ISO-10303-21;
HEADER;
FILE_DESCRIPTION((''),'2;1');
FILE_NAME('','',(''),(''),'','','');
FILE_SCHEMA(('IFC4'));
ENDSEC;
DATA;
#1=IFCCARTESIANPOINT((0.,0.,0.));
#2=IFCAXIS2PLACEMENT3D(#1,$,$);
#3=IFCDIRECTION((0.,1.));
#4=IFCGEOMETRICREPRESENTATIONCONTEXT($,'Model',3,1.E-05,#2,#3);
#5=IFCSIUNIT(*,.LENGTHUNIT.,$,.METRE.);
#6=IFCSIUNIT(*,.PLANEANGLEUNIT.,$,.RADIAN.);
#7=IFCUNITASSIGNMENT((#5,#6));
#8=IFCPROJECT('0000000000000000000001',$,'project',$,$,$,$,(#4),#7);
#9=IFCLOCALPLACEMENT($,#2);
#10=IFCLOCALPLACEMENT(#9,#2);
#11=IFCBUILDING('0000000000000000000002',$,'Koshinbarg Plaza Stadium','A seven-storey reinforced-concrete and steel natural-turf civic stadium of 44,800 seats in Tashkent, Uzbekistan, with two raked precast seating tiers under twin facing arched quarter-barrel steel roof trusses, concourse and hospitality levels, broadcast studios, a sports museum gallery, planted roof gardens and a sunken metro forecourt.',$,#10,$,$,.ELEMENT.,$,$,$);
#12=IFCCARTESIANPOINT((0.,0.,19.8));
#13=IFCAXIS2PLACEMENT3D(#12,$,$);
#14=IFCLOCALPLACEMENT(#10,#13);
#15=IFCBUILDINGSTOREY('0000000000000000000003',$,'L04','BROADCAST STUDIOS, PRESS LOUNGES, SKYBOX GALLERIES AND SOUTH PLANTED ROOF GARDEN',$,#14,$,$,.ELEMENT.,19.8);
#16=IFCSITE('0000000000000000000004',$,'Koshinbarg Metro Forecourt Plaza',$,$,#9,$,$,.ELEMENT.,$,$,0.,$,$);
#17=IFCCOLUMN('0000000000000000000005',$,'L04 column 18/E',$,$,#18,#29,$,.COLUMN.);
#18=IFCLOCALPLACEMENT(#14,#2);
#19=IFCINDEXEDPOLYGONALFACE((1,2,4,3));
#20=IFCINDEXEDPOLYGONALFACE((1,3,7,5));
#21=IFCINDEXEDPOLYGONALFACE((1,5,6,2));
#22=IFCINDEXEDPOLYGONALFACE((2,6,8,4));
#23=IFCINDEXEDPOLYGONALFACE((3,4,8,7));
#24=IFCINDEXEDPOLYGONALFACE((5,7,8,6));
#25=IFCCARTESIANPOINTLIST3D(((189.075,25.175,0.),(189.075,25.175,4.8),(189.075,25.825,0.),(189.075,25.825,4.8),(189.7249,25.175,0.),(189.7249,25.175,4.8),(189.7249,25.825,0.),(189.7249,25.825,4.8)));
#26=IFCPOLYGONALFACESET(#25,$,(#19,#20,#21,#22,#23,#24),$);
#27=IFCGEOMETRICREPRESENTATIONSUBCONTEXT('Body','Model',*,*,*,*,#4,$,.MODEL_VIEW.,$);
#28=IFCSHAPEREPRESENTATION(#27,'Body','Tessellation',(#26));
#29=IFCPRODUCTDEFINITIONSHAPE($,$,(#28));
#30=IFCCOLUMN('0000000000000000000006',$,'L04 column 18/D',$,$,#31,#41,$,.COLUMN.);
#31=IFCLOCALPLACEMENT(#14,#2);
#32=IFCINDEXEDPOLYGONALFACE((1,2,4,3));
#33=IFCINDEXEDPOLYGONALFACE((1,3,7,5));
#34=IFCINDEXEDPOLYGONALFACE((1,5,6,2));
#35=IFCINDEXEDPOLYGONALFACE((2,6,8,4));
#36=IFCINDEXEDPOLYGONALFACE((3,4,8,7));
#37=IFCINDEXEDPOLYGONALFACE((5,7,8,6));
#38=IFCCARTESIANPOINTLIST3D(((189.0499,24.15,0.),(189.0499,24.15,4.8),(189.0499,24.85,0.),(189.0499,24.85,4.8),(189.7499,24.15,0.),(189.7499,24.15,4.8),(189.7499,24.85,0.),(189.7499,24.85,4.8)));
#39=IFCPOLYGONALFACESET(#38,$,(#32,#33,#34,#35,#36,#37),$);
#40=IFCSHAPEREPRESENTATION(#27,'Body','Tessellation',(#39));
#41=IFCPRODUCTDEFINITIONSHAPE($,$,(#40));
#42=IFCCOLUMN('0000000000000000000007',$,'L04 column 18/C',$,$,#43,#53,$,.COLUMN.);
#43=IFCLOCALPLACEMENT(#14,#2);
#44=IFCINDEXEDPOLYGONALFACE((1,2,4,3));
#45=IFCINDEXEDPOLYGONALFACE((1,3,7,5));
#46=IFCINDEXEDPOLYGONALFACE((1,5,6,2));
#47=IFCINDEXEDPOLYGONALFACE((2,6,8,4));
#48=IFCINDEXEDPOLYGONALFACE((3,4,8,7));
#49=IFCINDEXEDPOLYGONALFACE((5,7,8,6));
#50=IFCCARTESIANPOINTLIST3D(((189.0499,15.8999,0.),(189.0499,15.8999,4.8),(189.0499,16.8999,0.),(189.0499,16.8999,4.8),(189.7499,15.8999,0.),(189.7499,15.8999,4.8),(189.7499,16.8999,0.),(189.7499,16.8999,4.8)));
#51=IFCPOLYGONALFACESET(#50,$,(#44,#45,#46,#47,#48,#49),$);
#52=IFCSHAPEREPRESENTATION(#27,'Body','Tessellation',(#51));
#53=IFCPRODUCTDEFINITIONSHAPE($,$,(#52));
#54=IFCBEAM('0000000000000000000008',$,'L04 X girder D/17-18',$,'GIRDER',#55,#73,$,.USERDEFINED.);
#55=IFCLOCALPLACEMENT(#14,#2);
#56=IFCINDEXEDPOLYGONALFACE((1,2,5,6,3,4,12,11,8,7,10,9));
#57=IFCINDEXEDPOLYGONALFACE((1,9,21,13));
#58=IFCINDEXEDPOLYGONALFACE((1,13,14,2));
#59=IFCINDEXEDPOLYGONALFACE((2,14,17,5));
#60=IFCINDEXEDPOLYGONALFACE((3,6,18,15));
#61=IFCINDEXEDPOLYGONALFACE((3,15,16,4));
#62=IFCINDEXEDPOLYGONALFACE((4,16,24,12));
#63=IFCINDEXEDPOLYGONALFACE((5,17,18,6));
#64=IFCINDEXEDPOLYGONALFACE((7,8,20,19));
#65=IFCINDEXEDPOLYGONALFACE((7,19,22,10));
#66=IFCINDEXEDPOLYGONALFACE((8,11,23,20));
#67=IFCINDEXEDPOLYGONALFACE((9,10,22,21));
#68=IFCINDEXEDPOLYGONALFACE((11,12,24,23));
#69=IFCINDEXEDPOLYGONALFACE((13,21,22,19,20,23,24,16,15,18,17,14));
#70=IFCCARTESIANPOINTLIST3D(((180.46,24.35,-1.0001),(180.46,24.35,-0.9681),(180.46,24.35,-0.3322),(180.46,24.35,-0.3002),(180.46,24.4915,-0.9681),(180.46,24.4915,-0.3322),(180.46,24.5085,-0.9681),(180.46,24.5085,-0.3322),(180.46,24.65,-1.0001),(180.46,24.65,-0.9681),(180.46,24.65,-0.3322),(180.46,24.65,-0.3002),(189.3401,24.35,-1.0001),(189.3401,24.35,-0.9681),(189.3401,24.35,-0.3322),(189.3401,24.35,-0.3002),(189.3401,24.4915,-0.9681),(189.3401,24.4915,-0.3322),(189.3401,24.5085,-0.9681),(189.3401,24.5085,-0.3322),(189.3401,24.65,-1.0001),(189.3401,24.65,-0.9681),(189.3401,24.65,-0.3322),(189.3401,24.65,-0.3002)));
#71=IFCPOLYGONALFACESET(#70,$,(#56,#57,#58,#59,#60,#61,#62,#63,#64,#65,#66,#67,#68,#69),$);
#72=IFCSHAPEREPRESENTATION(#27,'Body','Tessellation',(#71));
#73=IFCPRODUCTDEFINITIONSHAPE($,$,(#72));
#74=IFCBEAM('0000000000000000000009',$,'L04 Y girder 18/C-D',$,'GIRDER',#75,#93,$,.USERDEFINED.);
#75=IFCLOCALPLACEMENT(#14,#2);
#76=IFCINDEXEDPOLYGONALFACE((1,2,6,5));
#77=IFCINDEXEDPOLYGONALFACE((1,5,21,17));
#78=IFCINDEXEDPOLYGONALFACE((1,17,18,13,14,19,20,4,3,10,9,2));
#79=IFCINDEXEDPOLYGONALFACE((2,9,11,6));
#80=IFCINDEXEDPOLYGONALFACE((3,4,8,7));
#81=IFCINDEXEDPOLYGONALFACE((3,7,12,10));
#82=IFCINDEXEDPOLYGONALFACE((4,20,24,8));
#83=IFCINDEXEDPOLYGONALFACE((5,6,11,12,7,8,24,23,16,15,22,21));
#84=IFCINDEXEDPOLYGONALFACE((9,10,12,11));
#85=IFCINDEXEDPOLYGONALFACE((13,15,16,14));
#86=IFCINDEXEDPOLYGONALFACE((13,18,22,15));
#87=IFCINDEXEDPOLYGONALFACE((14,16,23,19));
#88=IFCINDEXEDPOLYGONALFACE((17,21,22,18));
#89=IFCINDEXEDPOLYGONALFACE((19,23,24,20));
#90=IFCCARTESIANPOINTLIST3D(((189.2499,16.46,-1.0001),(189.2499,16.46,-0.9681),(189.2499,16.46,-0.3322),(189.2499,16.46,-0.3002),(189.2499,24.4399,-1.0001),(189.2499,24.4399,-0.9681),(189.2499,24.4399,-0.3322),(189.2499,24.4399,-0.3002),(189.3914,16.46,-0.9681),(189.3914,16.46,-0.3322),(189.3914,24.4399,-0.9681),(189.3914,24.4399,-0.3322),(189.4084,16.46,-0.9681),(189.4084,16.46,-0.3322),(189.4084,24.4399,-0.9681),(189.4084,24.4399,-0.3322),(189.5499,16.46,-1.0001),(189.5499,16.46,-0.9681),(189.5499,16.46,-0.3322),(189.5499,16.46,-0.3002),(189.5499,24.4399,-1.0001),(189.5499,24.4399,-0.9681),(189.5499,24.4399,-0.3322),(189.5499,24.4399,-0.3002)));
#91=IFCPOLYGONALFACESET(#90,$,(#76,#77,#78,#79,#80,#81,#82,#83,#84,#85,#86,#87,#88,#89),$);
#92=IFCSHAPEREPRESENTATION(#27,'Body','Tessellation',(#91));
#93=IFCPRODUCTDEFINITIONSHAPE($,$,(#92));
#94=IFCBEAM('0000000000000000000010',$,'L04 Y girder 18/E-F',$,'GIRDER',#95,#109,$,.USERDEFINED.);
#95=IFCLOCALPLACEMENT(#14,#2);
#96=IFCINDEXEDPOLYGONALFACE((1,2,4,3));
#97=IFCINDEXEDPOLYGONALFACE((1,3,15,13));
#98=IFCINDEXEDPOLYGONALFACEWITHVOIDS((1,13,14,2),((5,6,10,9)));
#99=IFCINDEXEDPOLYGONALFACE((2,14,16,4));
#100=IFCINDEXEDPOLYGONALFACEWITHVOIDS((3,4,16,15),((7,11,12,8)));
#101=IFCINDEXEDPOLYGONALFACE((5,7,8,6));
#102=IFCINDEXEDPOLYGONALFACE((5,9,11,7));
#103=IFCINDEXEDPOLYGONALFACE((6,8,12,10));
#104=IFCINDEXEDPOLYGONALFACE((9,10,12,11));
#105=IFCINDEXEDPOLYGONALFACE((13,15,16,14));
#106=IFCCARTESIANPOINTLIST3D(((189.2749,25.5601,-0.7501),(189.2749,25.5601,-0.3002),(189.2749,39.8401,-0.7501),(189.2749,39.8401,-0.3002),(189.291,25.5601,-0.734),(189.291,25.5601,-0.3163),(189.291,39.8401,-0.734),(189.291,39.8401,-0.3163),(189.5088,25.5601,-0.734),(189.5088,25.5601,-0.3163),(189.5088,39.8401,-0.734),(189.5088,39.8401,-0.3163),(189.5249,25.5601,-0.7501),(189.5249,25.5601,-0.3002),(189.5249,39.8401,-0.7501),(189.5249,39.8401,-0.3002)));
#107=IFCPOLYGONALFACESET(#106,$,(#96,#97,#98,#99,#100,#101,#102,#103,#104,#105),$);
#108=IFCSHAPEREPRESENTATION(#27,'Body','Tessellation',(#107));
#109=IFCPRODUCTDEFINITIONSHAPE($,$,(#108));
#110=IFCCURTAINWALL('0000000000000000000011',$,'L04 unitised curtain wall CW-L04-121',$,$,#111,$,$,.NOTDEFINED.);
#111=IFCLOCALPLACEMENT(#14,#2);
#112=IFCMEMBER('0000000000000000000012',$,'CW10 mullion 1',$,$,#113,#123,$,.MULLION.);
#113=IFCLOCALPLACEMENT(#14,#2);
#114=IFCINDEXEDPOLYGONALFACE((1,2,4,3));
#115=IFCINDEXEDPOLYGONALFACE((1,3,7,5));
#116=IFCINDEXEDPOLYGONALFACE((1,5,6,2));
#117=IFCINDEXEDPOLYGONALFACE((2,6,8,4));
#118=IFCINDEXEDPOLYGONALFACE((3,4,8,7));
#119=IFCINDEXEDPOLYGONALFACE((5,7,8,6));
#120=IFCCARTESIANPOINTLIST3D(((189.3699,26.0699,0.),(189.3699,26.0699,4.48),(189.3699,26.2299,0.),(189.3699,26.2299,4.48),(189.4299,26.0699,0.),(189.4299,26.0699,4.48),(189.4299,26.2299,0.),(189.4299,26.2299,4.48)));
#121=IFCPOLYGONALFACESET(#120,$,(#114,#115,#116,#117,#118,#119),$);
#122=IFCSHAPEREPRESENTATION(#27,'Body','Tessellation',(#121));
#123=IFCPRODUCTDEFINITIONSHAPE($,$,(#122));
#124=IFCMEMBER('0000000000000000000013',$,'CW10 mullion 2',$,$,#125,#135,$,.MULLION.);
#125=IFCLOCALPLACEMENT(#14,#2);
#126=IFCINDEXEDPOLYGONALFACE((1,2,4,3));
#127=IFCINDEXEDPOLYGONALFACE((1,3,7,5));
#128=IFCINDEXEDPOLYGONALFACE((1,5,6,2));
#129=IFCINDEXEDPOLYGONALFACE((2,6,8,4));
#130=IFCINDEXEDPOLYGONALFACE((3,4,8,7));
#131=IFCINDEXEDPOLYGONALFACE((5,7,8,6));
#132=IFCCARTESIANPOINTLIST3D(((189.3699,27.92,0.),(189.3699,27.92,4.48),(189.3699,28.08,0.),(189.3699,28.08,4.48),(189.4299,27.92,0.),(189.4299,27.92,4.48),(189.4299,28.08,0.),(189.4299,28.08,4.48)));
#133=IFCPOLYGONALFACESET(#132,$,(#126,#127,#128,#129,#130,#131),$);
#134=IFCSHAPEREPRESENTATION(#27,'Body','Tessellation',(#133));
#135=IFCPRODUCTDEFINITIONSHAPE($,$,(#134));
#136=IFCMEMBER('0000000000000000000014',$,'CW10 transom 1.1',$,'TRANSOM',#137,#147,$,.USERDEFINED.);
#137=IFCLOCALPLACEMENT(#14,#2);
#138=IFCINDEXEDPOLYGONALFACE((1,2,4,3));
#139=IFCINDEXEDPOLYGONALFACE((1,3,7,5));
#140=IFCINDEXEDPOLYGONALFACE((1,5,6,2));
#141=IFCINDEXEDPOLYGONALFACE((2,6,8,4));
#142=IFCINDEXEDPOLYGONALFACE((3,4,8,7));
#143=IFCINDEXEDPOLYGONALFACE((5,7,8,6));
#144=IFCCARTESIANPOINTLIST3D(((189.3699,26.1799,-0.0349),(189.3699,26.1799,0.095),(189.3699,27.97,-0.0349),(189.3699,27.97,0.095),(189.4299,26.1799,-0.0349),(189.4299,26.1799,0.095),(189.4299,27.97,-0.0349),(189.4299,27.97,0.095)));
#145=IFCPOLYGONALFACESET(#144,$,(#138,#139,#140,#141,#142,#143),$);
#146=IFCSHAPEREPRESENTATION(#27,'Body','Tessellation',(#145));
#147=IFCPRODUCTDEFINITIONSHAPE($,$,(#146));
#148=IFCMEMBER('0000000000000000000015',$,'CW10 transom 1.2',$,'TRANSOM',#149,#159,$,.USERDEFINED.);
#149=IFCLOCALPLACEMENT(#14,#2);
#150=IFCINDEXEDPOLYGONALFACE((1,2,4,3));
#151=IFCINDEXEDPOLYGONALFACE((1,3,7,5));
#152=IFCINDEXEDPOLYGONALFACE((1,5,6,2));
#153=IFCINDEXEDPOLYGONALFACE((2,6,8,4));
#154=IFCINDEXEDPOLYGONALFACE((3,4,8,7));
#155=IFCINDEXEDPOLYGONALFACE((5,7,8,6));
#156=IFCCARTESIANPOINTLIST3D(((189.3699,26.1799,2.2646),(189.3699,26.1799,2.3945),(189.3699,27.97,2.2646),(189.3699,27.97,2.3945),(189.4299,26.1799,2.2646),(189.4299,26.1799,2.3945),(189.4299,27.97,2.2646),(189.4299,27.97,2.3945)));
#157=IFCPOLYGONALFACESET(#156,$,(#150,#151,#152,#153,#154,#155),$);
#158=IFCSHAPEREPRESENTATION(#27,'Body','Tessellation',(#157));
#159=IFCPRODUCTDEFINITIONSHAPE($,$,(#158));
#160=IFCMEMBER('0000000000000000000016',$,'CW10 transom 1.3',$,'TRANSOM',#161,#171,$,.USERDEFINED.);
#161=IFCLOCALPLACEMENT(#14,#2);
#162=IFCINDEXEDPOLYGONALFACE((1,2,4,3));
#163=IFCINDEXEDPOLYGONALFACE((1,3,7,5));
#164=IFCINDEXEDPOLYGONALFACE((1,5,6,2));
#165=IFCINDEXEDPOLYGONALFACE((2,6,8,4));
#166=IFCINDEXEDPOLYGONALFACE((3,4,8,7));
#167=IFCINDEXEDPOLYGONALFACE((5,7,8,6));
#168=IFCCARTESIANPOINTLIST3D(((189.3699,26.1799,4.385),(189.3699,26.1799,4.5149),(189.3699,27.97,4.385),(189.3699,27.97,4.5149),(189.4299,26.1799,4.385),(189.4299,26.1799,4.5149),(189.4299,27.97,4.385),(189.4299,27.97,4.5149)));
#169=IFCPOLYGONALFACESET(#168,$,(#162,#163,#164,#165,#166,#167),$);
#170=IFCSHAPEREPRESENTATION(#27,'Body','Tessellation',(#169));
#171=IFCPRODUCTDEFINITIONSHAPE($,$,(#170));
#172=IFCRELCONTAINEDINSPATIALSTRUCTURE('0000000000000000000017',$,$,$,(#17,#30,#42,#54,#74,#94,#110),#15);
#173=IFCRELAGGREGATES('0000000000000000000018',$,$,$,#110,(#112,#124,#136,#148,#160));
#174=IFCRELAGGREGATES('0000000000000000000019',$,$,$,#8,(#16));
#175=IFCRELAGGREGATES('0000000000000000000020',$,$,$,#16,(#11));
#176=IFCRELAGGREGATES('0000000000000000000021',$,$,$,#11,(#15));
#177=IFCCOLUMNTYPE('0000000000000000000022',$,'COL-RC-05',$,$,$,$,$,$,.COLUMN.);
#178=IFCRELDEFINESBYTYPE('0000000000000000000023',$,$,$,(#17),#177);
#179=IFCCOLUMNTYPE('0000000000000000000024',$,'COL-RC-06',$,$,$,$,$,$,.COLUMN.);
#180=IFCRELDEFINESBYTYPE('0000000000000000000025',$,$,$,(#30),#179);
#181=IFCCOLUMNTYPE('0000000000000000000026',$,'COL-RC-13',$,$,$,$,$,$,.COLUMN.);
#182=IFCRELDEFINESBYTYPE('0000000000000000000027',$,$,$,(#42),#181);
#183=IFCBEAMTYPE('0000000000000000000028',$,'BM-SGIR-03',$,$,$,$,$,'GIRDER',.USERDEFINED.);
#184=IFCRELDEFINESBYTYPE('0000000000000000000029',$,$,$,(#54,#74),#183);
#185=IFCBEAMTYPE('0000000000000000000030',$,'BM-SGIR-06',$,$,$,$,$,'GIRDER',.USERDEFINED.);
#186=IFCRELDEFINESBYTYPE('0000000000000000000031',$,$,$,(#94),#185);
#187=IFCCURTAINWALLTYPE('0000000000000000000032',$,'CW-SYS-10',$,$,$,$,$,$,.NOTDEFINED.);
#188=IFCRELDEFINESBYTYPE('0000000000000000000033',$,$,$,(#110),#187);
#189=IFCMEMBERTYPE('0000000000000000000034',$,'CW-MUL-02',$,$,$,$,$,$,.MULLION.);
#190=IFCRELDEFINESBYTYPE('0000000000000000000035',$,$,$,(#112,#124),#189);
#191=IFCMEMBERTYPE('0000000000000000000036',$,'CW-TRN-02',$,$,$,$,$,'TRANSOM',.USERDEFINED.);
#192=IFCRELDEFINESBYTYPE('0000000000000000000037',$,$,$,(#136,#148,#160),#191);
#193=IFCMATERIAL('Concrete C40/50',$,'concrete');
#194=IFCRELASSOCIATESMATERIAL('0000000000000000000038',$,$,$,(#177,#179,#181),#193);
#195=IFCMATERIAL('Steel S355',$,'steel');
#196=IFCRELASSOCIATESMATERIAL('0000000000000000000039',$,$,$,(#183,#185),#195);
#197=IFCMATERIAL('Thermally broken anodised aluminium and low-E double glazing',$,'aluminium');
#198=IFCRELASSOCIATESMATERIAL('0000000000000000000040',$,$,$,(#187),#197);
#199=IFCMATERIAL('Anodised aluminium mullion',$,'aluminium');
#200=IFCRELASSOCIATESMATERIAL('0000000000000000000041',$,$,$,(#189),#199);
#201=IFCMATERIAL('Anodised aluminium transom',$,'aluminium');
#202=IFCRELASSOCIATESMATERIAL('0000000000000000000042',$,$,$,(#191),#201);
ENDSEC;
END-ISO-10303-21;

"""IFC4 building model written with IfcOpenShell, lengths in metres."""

from ifc_helpers import new_model, si_unit, direction, frame, origin, origin_2d, place, context, subcontext, project, spatial, rectangle, hollow_rectangle, i_section, extrude, material, material_profile, profile_set, type_object, element, aggregate, save


model = new_model("IFC4")

# Units and contexts
model_context = context("Model", 3, precision=1e-05, world=origin(), true_north=direction((0.0, 1.0)))
body_context = subcontext(model_context, "Body", "Model", "MODEL_VIEW")
ifc_project = project(units=[si_unit("LENGTHUNIT", "METRE"), si_unit("PLANEANGLEUNIT", "RADIAN")], contexts=[model_context])

# Site, building, storey
site_placement = place(None, origin())
site = spatial("IfcSite", under=ifc_project, at=site_placement, Name="Koshinbarg Metro Forecourt Plaza", CompositionType="ELEMENT", RefElevation=0.0)
building_placement = place(site_placement, origin())
building = spatial("IfcBuilding", under=site, at=building_placement, Name="Koshinbarg Plaza Stadium", Description="A seven-storey reinforced-concrete and steel natural-turf civic stadium of 44,800 seats in Tashkent, Uzbekistan, with two raked precast seating tiers under twin facing arched quarter-barrel steel roof trusses, concourse and hospitality levels, broadcast studios, a sports museum gallery, planted roof gardens and a sunken metro forecourt.", CompositionType="ELEMENT")
storey_placement = place(building_placement, frame((0.0, 0.0, 19.8)))
storey = spatial("IfcBuildingStorey", under=building, at=storey_placement, Name="L04", Description="BROADCAST STUDIOS, PRESS LOUNGES, SKYBOX GALLERIES AND SOUTH PLANTED ROOF GARDEN", CompositionType="ELEMENT", Elevation=19.8)

# Columns
ifc_material_1 = material(Name="Concrete C40/50", Category="concrete")
ifc_material_profile_1 = material_profile(ifc_material_1, rectangle(XDim=0.6499, YDim=0.6499, at=origin_2d()), Name="RC 650x650")
ifc_profile_set_1 = profile_set([ifc_material_profile_1], Name="Concrete C40/50")
column_type_1 = type_object("IfcColumnType", Name="COL-RC-05", PredefinedType="COLUMN", material=ifc_profile_set_1)
column_1_placement = place(storey_placement, frame((189.3999, 25.5, 0.0), z_axis=(0.0, 0.0, 1.0), x_axis=(1.0, 0.0, 0.0)))
element("IfcColumn", 1, at=column_1_placement, inside=storey, type_object=column_type_1, Name="L04 column 18/E", PredefinedType="COLUMN", context=body_context, shape_type="SweptSolid", body=[
    extrude(rectangle(XDim=0.6499, YDim=0.6499, at=origin_2d()), origin(), (0.0, 0.0, 1.0), 4.8),
])
ifc_material_profile_2 = material_profile(ifc_material_1, rectangle(XDim=0.7, YDim=0.7, at=origin_2d()), Name="RC 700x700")
ifc_profile_set_2 = profile_set([ifc_material_profile_2], Name="Concrete C40/50")
column_type_2 = type_object("IfcColumnType", Name="COL-RC-06", PredefinedType="COLUMN", material=ifc_profile_set_2)
column_2_placement = place(storey_placement, frame((189.3999, 24.5, 0.0), z_axis=(0.0, 0.0, 1.0), x_axis=(1.0, 0.0, 0.0)))
element("IfcColumn", 2, at=column_2_placement, inside=storey, type_object=column_type_2, Name="L04 column 18/D", PredefinedType="COLUMN", context=body_context, shape_type="SweptSolid", body=[
    extrude(rectangle(XDim=0.7, YDim=0.7, at=origin_2d()), origin(), (0.0, 0.0, 1.0), 4.8),
])
ifc_material_profile_3 = material_profile(ifc_material_1, rectangle(XDim=0.7, YDim=1.0, at=origin_2d()), Name="RC 700x1000")
ifc_profile_set_3 = profile_set([ifc_material_profile_3], Name="Concrete C40/50")
column_type_3 = type_object("IfcColumnType", Name="COL-RC-13", PredefinedType="COLUMN", material=ifc_profile_set_3)
column_3_placement = place(storey_placement, frame((189.3999, 16.3999, 0.0), z_axis=(0.0, 0.0, 1.0), x_axis=(1.0, 0.0, 0.0)))
element("IfcColumn", 3, at=column_3_placement, inside=storey, type_object=column_type_3, Name="L04 column 18/C", PredefinedType="COLUMN", context=body_context, shape_type="SweptSolid", body=[
    extrude(rectangle(XDim=0.7, YDim=1.0, at=origin_2d()), origin(), (0.0, 0.0, 1.0), 4.8),
])

# Beams
ifc_material_2 = material(Name="Steel S355", Category="steel")
ifc_material_profile_4 = material_profile(ifc_material_2, i_section(OverallWidth=0.3, OverallDepth=0.7, WebThickness=0.0171, FlangeThickness=0.032, at=origin_2d()), Name="HEB 700")
ifc_profile_set_4 = profile_set([ifc_material_profile_4], Name="Steel S355")
beam_type_1 = type_object("IfcBeamType", Name="BM-SGIR-03", ElementType="GIRDER", PredefinedType="USERDEFINED", material=ifc_profile_set_4)
beam_1_placement = place(storey_placement, frame((180.46, 24.5, -0.6501), z_axis=(1.0, 0.0, 0.0), x_axis=(0.0, 1.0, 0.0)))
element("IfcBeam", 4, at=beam_1_placement, inside=storey, type_object=beam_type_1, Name="L04 X girder D/17-18", ObjectType="GIRDER", PredefinedType="USERDEFINED", context=body_context, shape_type="SweptSolid", body=[
    extrude(i_section(OverallWidth=0.3, OverallDepth=0.7, WebThickness=0.0171, FlangeThickness=0.032, at=origin_2d()), origin(), (0.0, 0.0, 1.0), 8.8801),
])
beam_2_placement = place(storey_placement, frame((189.3999, 16.46, -0.6501), z_axis=(0.0, 1.0, 0.0), x_axis=(-1.0, 0.0, 0.0)))
element("IfcBeam", 5, at=beam_2_placement, inside=storey, type_object=beam_type_1, Name="L04 Y girder 18/C-D", ObjectType="GIRDER", PredefinedType="USERDEFINED", context=body_context, shape_type="SweptSolid", body=[
    extrude(i_section(OverallWidth=0.3, OverallDepth=0.7, WebThickness=0.0171, FlangeThickness=0.032, at=origin_2d()), origin(), (0.0, 0.0, 1.0), 7.98),
])
ifc_material_profile_5 = material_profile(ifc_material_2, hollow_rectangle(XDim=0.25, YDim=0.45, WallThickness=0.0161, at=origin_2d()), Name="RHS 450x250x16")
ifc_profile_set_5 = profile_set([ifc_material_profile_5], Name="Steel S355")
beam_type_2 = type_object("IfcBeamType", Name="BM-SGIR-06", ElementType="GIRDER", PredefinedType="USERDEFINED", material=ifc_profile_set_5)
beam_3_placement = place(storey_placement, frame((189.3999, 25.5601, -0.5251), z_axis=(0.0, 1.0, 0.0), x_axis=(-1.0, 0.0, 0.0)))
element("IfcBeam", 6, at=beam_3_placement, inside=storey, type_object=beam_type_2, Name="L04 Y girder 18/E-F", ObjectType="GIRDER", PredefinedType="USERDEFINED", context=body_context, shape_type="SweptSolid", body=[
    extrude(hollow_rectangle(XDim=0.25, YDim=0.45, WallThickness=0.0161, at=origin_2d()), origin(), (0.0, 0.0, 1.0), 14.28),
])

# Curtain wall, members
ifc_material_3 = material(Name="Thermally broken anodised aluminium and low-E double glazing", Category="aluminium")
curtain_wall_type = type_object("IfcCurtainWallType", Name="CW-SYS-10", PredefinedType="NOTDEFINED", material=ifc_material_3)
curtain_wall_placement = place(storey_placement, origin())
curtain_wall = element("IfcCurtainWall", 7, at=curtain_wall_placement, inside=storey, type_object=curtain_wall_type, Name="L04 unitised curtain wall CW-L04-121", PredefinedType="NOTDEFINED")
ifc_material_4 = material(Name="Anodised aluminium mullion", Category="aluminium")
ifc_material_profile_6 = material_profile(ifc_material_4, rectangle(XDim=0.0601, YDim=0.1599, at=origin_2d()), Name="ALU 60x160")
ifc_profile_set_6 = profile_set([ifc_material_profile_6], Name="Anodised aluminium mullion")
member_type_1 = type_object("IfcMemberType", Name="CW-MUL-02", PredefinedType="MULLION", material=ifc_profile_set_6)
member_1_placement = place(storey_placement, frame((189.3999, 26.1499, 0.0), z_axis=(0.0, 0.0, 1.0), x_axis=(-1.0, 0.0, 0.0)))
member_1 = element("IfcMember", 8, at=member_1_placement, type_object=member_type_1, Name="CW10 mullion 1", PredefinedType="MULLION", context=body_context, shape_type="SweptSolid", body=[
    extrude(rectangle(XDim=0.0601, YDim=0.1599, at=origin_2d()), origin(), (0.0, 0.0, 1.0), 4.48),
])
member_2_placement = place(storey_placement, frame((189.3999, 28.0, 0.0), z_axis=(0.0, 0.0, 1.0), x_axis=(-1.0, 0.0, 0.0)))
member_2 = element("IfcMember", 9, at=member_2_placement, type_object=member_type_1, Name="CW10 mullion 2", PredefinedType="MULLION", context=body_context, shape_type="SweptSolid", body=[
    extrude(rectangle(XDim=0.0601, YDim=0.1599, at=origin_2d()), origin(), (0.0, 0.0, 1.0), 4.48),
])
ifc_material_5 = material(Name="Anodised aluminium transom", Category="aluminium")
ifc_material_profile_7 = material_profile(ifc_material_5, rectangle(XDim=0.0601, YDim=0.1299, at=origin_2d()), Name="ALU 60x130")
ifc_profile_set_7 = profile_set([ifc_material_profile_7], Name="Anodised aluminium transom")
member_type_2 = type_object("IfcMemberType", Name="CW-TRN-02", ElementType="TRANSOM", PredefinedType="USERDEFINED", material=ifc_profile_set_7)
member_3_placement = place(storey_placement, frame((189.3999, 26.1799, 0.03), z_axis=(0.0, 1.0, 0.0), x_axis=(-1.0, 0.0, 0.0)))
member_3 = element("IfcMember", 10, at=member_3_placement, type_object=member_type_2, Name="CW10 transom 1.1", ObjectType="TRANSOM", PredefinedType="USERDEFINED", context=body_context, shape_type="SweptSolid", body=[
    extrude(rectangle(XDim=0.0601, YDim=0.1299, at=origin_2d()), origin(), (0.0, 0.0, 1.0), 1.79),
])
member_4_placement = place(storey_placement, frame((189.3999, 26.1799, 2.3296), z_axis=(0.0, 1.0, 0.0), x_axis=(-1.0, 0.0, 0.0)))
member_4 = element("IfcMember", 11, at=member_4_placement, type_object=member_type_2, Name="CW10 transom 1.2", ObjectType="TRANSOM", PredefinedType="USERDEFINED", context=body_context, shape_type="SweptSolid", body=[
    extrude(rectangle(XDim=0.0601, YDim=0.1299, at=origin_2d()), origin(), (0.0, 0.0, 1.0), 1.79),
])
member_5_placement = place(storey_placement, frame((189.3999, 26.1799, 4.45), z_axis=(0.0, 1.0, 0.0), x_axis=(-1.0, 0.0, 0.0)))
member_5 = element("IfcMember", 12, at=member_5_placement, type_object=member_type_2, Name="CW10 transom 1.3", ObjectType="TRANSOM", PredefinedType="USERDEFINED", context=body_context, shape_type="SweptSolid", body=[
    extrude(rectangle(XDim=0.0601, YDim=0.1299, at=origin_2d()), origin(), (0.0, 0.0, 1.0), 1.79),
])
aggregate(curtain_wall, [member_1, member_2, member_3, member_4, member_5])

save(model, "model.ifc")
